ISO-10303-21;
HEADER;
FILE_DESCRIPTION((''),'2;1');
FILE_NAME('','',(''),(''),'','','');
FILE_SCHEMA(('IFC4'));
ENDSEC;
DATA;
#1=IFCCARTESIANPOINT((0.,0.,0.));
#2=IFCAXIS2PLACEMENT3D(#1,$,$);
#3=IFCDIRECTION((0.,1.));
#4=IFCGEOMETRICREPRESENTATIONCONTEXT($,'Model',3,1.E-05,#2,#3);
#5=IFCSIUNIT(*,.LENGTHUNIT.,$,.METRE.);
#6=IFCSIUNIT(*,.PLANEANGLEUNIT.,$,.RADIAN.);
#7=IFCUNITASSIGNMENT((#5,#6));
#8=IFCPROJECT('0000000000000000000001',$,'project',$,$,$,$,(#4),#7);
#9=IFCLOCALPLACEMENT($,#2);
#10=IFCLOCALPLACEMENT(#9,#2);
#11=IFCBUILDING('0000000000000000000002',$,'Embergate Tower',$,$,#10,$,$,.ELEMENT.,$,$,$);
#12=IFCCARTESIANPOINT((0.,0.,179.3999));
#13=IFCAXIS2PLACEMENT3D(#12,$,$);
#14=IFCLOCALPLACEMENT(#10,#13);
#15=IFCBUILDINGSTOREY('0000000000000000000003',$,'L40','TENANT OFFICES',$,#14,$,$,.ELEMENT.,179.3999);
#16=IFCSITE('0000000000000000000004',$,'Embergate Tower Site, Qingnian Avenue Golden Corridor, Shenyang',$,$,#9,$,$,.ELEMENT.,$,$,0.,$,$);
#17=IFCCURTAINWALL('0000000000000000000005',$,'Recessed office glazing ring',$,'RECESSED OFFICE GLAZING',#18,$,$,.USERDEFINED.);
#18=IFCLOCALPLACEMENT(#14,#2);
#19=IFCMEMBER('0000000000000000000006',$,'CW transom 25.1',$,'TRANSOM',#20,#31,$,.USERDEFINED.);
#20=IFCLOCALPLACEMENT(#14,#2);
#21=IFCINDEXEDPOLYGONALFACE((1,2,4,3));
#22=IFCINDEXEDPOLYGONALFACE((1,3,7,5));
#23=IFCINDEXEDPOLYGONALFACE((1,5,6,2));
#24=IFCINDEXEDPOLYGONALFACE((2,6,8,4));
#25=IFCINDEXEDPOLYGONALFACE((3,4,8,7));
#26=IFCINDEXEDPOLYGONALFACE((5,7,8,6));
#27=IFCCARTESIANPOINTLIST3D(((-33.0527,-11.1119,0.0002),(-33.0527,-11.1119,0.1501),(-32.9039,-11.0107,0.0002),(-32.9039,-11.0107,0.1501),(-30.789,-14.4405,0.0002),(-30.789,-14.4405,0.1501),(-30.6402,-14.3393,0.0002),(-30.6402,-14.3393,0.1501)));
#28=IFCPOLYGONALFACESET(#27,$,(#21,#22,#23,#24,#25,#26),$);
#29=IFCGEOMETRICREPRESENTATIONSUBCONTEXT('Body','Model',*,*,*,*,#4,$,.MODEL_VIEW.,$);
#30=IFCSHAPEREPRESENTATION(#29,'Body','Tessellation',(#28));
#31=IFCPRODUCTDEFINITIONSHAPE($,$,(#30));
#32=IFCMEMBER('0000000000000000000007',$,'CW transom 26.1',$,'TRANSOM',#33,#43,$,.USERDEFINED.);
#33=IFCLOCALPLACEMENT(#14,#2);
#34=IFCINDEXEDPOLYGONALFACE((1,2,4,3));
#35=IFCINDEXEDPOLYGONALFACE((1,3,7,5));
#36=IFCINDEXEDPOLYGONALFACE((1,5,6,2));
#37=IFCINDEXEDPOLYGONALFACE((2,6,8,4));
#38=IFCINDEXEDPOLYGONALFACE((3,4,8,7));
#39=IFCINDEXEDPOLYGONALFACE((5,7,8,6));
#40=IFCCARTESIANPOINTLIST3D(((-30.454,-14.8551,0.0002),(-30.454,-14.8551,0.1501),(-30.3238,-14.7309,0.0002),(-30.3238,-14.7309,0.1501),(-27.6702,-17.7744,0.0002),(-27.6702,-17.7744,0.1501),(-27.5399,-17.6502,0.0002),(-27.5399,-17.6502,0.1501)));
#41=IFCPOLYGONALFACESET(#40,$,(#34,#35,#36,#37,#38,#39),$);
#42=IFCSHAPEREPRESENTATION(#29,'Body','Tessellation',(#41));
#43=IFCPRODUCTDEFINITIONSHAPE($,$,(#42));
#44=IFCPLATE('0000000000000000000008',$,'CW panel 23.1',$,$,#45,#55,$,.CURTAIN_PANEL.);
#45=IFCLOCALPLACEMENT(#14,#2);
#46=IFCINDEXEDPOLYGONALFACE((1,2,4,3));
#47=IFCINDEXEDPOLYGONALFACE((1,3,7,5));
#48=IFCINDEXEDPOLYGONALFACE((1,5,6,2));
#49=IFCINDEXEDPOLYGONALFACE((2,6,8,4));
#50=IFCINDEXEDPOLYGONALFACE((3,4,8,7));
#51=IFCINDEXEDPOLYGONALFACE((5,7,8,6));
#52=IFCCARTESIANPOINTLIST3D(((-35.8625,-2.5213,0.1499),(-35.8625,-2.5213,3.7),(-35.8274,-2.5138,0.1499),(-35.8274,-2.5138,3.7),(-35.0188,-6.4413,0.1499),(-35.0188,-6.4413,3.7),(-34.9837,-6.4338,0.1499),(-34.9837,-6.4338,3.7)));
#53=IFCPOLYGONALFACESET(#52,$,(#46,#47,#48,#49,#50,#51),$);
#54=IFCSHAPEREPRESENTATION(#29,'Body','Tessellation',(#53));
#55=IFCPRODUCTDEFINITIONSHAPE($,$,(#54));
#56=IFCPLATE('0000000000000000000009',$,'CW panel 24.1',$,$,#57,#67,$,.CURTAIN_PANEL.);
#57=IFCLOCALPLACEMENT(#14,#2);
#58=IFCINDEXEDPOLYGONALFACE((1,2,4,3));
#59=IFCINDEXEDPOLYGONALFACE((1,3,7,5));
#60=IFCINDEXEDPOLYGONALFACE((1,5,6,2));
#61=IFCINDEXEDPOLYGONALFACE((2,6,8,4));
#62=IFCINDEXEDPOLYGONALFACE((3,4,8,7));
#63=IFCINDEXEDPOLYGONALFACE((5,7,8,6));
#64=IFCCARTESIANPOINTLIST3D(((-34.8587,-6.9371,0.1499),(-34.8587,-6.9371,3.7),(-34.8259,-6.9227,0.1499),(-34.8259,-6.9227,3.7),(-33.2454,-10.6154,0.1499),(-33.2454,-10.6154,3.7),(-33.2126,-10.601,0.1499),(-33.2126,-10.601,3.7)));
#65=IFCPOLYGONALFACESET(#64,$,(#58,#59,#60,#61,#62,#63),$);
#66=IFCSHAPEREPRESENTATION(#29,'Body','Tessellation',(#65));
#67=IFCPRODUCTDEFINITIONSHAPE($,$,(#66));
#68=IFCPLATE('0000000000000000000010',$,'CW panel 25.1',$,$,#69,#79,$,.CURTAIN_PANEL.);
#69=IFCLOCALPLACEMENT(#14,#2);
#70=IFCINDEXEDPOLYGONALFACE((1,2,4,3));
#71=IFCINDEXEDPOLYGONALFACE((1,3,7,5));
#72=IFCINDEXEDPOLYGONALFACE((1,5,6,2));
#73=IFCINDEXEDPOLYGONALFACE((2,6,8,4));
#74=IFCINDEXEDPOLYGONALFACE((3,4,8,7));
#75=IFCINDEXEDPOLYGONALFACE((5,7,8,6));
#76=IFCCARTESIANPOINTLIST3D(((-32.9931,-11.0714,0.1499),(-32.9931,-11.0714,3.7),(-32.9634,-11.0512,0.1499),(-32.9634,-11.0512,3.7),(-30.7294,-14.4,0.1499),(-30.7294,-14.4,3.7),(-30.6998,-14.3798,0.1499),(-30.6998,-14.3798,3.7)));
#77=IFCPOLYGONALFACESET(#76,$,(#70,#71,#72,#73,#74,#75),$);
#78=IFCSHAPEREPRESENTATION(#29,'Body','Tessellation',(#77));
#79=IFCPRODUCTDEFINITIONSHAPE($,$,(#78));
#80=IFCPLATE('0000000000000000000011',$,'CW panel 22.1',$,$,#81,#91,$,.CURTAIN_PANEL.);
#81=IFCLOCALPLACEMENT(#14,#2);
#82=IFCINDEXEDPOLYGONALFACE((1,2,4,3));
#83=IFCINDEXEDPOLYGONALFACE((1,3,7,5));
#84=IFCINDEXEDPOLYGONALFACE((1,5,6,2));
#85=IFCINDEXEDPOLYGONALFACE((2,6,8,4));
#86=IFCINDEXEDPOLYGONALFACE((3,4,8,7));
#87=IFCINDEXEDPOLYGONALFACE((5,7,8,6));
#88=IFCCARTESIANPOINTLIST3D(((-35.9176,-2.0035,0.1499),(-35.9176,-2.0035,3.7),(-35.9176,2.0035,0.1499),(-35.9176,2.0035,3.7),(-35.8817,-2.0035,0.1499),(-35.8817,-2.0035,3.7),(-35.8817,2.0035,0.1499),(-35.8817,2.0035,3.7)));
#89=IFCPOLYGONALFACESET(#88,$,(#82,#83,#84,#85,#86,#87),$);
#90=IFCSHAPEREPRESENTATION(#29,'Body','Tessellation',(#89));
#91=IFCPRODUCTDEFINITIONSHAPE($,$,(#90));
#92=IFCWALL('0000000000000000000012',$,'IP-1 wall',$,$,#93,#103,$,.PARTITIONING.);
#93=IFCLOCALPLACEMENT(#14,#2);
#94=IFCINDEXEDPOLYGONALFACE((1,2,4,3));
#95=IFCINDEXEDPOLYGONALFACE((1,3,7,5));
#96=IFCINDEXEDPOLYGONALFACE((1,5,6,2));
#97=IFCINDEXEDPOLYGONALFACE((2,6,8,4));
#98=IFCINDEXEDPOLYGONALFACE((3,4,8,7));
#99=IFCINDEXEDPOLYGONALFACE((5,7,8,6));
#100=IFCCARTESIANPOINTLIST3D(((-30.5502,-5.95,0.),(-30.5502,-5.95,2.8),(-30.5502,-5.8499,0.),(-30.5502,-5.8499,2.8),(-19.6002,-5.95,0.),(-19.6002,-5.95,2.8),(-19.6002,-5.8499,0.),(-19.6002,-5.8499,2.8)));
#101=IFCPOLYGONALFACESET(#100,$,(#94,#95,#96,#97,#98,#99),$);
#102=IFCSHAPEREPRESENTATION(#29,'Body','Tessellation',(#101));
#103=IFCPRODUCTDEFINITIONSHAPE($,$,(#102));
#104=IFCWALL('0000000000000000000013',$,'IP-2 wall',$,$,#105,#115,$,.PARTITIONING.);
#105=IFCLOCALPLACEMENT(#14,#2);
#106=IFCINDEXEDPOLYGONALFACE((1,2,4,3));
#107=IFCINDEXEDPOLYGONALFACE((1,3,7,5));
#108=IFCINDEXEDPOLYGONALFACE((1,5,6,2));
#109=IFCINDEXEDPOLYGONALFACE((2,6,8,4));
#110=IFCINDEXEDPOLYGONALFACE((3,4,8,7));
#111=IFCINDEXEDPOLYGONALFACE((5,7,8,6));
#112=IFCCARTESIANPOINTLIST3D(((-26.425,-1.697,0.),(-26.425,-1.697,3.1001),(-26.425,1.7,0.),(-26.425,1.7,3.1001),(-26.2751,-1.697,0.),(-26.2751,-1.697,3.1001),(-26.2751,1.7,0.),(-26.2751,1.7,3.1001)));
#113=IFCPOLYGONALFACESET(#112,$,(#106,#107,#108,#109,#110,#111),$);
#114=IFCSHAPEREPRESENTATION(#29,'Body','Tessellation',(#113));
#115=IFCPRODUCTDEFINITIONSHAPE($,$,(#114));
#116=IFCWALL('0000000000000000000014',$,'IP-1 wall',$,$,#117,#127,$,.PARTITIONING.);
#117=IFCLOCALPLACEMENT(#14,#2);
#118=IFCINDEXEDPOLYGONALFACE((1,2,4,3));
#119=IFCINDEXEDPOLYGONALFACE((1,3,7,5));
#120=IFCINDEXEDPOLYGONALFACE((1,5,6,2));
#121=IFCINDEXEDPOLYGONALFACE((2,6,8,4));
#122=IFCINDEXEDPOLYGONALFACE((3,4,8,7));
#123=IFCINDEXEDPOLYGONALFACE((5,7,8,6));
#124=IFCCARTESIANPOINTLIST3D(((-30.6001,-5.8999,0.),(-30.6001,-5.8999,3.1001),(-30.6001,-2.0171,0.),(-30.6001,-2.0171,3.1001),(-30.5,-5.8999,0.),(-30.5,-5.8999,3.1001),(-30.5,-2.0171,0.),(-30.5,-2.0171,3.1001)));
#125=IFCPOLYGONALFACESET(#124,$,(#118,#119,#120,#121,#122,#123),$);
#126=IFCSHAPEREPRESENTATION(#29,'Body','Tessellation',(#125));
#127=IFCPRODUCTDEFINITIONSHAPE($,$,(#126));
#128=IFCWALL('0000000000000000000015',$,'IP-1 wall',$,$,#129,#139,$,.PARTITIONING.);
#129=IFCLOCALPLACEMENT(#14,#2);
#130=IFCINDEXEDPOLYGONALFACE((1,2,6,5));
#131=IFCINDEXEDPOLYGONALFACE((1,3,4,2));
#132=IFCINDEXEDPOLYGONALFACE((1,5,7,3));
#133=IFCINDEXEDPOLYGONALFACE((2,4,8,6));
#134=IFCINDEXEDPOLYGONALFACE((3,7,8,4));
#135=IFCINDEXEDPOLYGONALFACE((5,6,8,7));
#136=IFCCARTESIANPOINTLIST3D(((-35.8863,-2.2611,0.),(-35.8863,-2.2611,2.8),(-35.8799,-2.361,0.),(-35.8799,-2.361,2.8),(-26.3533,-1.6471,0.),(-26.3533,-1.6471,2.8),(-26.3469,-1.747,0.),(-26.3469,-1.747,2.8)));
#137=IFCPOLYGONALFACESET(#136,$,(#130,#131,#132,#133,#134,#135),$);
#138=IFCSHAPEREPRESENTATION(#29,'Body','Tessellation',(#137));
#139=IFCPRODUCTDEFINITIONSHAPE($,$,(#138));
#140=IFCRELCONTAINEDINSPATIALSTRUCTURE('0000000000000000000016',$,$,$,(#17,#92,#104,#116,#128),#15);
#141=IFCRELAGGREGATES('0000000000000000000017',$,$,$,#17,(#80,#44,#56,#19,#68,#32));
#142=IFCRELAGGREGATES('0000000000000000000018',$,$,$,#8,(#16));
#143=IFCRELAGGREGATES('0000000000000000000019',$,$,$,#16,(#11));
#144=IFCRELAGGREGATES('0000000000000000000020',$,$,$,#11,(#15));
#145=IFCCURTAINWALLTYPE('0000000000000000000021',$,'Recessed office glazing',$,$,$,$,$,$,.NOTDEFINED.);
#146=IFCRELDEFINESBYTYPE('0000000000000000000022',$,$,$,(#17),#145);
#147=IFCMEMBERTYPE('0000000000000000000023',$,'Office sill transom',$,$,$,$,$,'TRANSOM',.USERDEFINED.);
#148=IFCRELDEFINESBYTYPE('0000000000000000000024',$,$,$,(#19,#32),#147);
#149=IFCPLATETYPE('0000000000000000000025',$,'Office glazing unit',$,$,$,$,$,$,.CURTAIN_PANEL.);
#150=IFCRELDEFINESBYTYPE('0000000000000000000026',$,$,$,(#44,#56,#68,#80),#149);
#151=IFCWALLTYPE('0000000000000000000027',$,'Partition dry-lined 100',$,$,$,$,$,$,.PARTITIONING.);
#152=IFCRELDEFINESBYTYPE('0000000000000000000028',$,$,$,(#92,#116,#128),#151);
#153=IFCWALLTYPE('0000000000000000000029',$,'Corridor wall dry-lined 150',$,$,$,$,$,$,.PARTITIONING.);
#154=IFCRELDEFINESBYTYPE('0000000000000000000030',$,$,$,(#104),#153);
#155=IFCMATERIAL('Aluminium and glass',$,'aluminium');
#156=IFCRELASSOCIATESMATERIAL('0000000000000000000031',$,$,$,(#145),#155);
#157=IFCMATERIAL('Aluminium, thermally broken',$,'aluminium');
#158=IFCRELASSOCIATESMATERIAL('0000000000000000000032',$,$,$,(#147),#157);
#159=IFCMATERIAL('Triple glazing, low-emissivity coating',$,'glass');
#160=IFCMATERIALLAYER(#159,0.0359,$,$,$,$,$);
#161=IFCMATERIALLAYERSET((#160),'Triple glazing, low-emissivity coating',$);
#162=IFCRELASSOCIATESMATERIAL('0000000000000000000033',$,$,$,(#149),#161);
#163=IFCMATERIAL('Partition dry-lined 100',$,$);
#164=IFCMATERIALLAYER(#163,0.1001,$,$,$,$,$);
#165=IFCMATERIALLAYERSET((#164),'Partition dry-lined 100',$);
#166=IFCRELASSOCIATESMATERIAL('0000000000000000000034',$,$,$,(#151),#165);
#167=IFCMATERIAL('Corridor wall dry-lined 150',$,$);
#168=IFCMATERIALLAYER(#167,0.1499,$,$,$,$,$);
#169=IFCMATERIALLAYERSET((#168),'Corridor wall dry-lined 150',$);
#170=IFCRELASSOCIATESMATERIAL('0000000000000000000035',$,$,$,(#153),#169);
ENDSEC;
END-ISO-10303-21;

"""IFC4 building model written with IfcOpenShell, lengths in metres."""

from ifc_helpers import new_model, si_unit, direction, frame, frame_2d, origin, origin_2d, place, context, subcontext, project, spatial, rectangle, extrude, source, transform, mapped, material, layer, layer_set, material_profile, profile_set, type_object, element, aggregate, save


model = new_model("IFC4")

# Units and contexts
model_context = context("Model", 3, precision=1e-05, world=origin(), true_north=direction((0.0, 1.0)))
body_context = subcontext(model_context, "Body", "Model", "MODEL_VIEW")
ifc_project = project(units=[si_unit("LENGTHUNIT", "METRE"), si_unit("PLANEANGLEUNIT", "RADIAN")], contexts=[model_context])

# Site, building, storey
site_placement = place(None, origin())
site = spatial("IfcSite", under=ifc_project, at=site_placement, Name="Embergate Tower Site, Qingnian Avenue Golden Corridor, Shenyang", CompositionType="ELEMENT", RefElevation=0.0)
building_placement = place(site_placement, origin())
building = spatial("IfcBuilding", under=site, at=building_placement, Name="Embergate Tower", CompositionType="ELEMENT")
storey_placement = place(building_placement, frame((0.0, 0.0, 179.3999)))
storey = spatial("IfcBuildingStorey", under=building, at=storey_placement, Name="L40", Description="TENANT OFFICES", CompositionType="ELEMENT", Elevation=179.3999)

# Curtain wall, members, plates
ifc_material_1 = material(Name="Aluminium and glass", Category="aluminium")
curtain_wall_type = type_object("IfcCurtainWallType", Name="Recessed office glazing", PredefinedType="NOTDEFINED", material=ifc_material_1)
curtain_wall_placement = place(storey_placement, origin())
curtain_wall = element("IfcCurtainWall", 1, at=curtain_wall_placement, inside=storey, type_object=curtain_wall_type, Name="Recessed office glazing ring", ObjectType="RECESSED OFFICE GLAZING", PredefinedType="USERDEFINED")
ifc_material_2 = material(Name="Aluminium, thermally broken", Category="aluminium")
ifc_material_profile_1 = material_profile(ifc_material_2, rectangle(XDim=0.1799, YDim=0.1499, at=origin_2d()), Name="AL 150x180")
ifc_profile_set_1 = profile_set([ifc_material_profile_1], Name="Aluminium, thermally broken")
member_type_1 = type_object("IfcMemberType", Name="Office sill transom", ElementType="TRANSOM", PredefinedType="USERDEFINED", material=ifc_profile_set_1)
shared_shape_1 = source(origin(), body_context, "Body", "SweptSolid", [
    extrude(rectangle(XDim=0.1799, YDim=0.1499, at=origin_2d()), origin(), (0.0, 0.0, 1.0), 4.0254),
])
member_1_placement = place(storey_placement, frame((-32.9783, -11.0613, 0.0752), z_axis=(0.562347, -0.826902, 0.0), x_axis=(0.826902, 0.562347, 0.0)))
member_1 = element("IfcMember", 2, at=member_1_placement, type_object=member_type_1, Name="CW transom 25.1", ObjectType="TRANSOM", PredefinedType="USERDEFINED", context=body_context, shape_type="MappedRepresentation", body=[
    mapped(shared_shape_1, transform((0.0, 0.0, 0.0))),
])
shared_shape_2 = source(origin(), body_context, "Body", "SweptSolid", [
    extrude(rectangle(XDim=0.1799, YDim=0.1499, at=origin_2d()), origin(), (0.0, 0.0, 1.0), 4.0339),
])
member_2_placement = place(storey_placement, frame((-30.3889, -14.793, 0.0752), z_axis=(0.690113, -0.723702, 0.0), x_axis=(0.723702, 0.690113, 0.0)))
member_2 = element("IfcMember", 3, at=member_2_placement, type_object=member_type_1, Name="CW transom 26.1", ObjectType="TRANSOM", PredefinedType="USERDEFINED", context=body_context, shape_type="MappedRepresentation", body=[
    mapped(shared_shape_2, transform((0.0, 0.0, 0.0))),
])
ifc_material_3 = material(Name="Triple glazing, low-emissivity coating", Category="glass")
ifc_layer_1 = layer(ifc_material_3, 0.0359)
ifc_layer_set_1 = layer_set([ifc_layer_1], Name="Triple glazing, low-emissivity coating")
plate_type = type_object("IfcPlateType", Name="Office glazing unit", PredefinedType="CURTAIN_PANEL", material=ifc_layer_set_1)
shared_shape_3 = source(origin(), body_context, "Body", "SweptSolid", [
    extrude(rectangle(XDim=4.0098, YDim=0.0359, at=origin_2d()), origin(), (0.0, 0.0, 1.0), 3.55),
])
plate_1_placement = place(storey_placement, frame((-35.4231, -4.4775, 0.1499), z_axis=(0.0, 0.0, 1.0), x_axis=(0.210402, -0.977615, 0.0)))
plate_1 = element("IfcPlate", 4, at=plate_1_placement, type_object=plate_type, Name="CW panel 23.1", PredefinedType="CURTAIN_PANEL", context=body_context, shape_type="MappedRepresentation", body=[
    mapped(shared_shape_3, transform((0.0, 0.0, 0.0))),
])
shared_shape_4 = source(origin(), body_context, "Body", "SweptSolid", [
    extrude(rectangle(XDim=4.0166, YDim=0.0359, at=origin_2d()), origin(), (0.0, 0.0, 1.0), 3.55),
])
plate_2_placement = place(storey_placement, frame((-34.0356, -8.769, 0.1499), z_axis=(0.0, 0.0, 1.0), x_axis=(0.401658, -0.91579, 0.0)))
plate_2 = element("IfcPlate", 5, at=plate_2_placement, type_object=plate_type, Name="CW panel 24.1", PredefinedType="CURTAIN_PANEL", context=body_context, shape_type="MappedRepresentation", body=[
    mapped(shared_shape_4, transform((0.0, 0.0, 0.0))),
])
shared_shape_5 = source(origin(), body_context, "Body", "SweptSolid", [
    extrude(rectangle(XDim=4.0254, YDim=0.0359, at=origin_2d()), origin(), (0.0, 0.0, 1.0), 3.55),
])
plate_3_placement = place(storey_placement, frame((-31.8464, -12.7256, 0.1499), z_axis=(0.0, 0.0, 1.0), x_axis=(0.562348, -0.826901, 0.0)))
plate_3 = element("IfcPlate", 6, at=plate_3_placement, type_object=plate_type, Name="CW panel 25.1", PredefinedType="CURTAIN_PANEL", context=body_context, shape_type="MappedRepresentation", body=[
    mapped(shared_shape_5, transform((0.0, 0.0, 0.0))),
])
shared_shape_6 = source(origin(), body_context, "Body", "SweptSolid", [
    extrude(rectangle(XDim=4.0071, YDim=0.0359, at=origin_2d()), origin(), (0.0, 0.0, 1.0), 3.55),
])
plate_4_placement = place(storey_placement, frame((-35.8997, 0.0, 0.1499), z_axis=(0.0, 0.0, 1.0), x_axis=(0.0, -1.0, 0.0)))
plate_4 = element("IfcPlate", 7, at=plate_4_placement, type_object=plate_type, Name="CW panel 22.1", PredefinedType="CURTAIN_PANEL", context=body_context, shape_type="MappedRepresentation", body=[
    mapped(shared_shape_6, transform((0.0, 0.0, 0.0))),
])
aggregate(curtain_wall, [plate_4, plate_1, plate_2, member_1, plate_3, member_2])

# Walls
ifc_material_4 = material(Name="Partition dry-lined 100")
ifc_layer_2 = layer(ifc_material_4, 0.1001)
ifc_layer_set_2 = layer_set([ifc_layer_2], Name="Partition dry-lined 100")
wall_type_1 = type_object("IfcWallType", Name="Partition dry-lined 100", PredefinedType="PARTITIONING", material=ifc_layer_set_2)
shared_shape_7 = source(origin(), body_context, "Body", "SweptSolid", [
    extrude(rectangle(XDim=10.95, YDim=0.1001, at=frame_2d((5.4751, 0.0))), origin(), (0.0, 0.0, 1.0), 2.8),
])
wall_1_placement = place(storey_placement, frame((-19.6001, -5.8999, 0.0), z_axis=(0.0, 0.0, 1.0), x_axis=(-1.0, 0.0, 0.0)))
element("IfcWall", 8, at=wall_1_placement, inside=storey, type_object=wall_type_1, Name="IP-1 wall", PredefinedType="PARTITIONING", context=body_context, shape_type="MappedRepresentation", body=[
    mapped(shared_shape_7, transform((0.0, 0.0, 0.0))),
])
ifc_material_5 = material(Name="Corridor wall dry-lined 150")
ifc_layer_3 = layer(ifc_material_5, 0.1499)
ifc_layer_set_3 = layer_set([ifc_layer_3], Name="Corridor wall dry-lined 150")
wall_type_2 = type_object("IfcWallType", Name="Corridor wall dry-lined 150", PredefinedType="PARTITIONING", material=ifc_layer_set_3)
shared_shape_8 = source(origin(), body_context, "Body", "SweptSolid", [
    extrude(rectangle(XDim=3.397, YDim=0.1499, at=frame_2d((1.6985, 0.0))), origin(), (0.0, 0.0, 1.0), 3.1001),
])
wall_2_placement = place(storey_placement, frame((-26.3501, -1.697, 0.0), z_axis=(0.0, 0.0, 1.0), x_axis=(0.0, 1.0, 0.0)))
element("IfcWall", 9, at=wall_2_placement, inside=storey, type_object=wall_type_2, Name="IP-2 wall", PredefinedType="PARTITIONING", context=body_context, shape_type="MappedRepresentation", body=[
    mapped(shared_shape_8, transform((0.0, 0.0, 0.0))),
])
shared_shape_9 = source(origin(), body_context, "Body", "SweptSolid", [
    extrude(rectangle(XDim=3.8828, YDim=0.1001, at=frame_2d((1.9414, 0.0))), origin(), (0.0, 0.0, 1.0), 3.1001),
])
wall_3_placement = place(storey_placement, frame((-30.55, -5.8999, 0.0), z_axis=(0.0, 0.0, 1.0), x_axis=(0.0, 1.0, 0.0)))
element("IfcWall", 10, at=wall_3_placement, inside=storey, type_object=wall_type_1, Name="IP-1 wall", PredefinedType="PARTITIONING", context=body_context, shape_type="MappedRepresentation", body=[
    mapped(shared_shape_9, transform((0.0, 0.0, 0.0))),
])
shared_shape_10 = source(origin(), body_context, "Body", "SweptSolid", [
    extrude(rectangle(XDim=9.5527, YDim=0.1001, at=frame_2d((4.7764, 0.0))), origin(), (0.0, 0.0, 1.0), 2.8),
])
wall_4_placement = place(storey_placement, frame((-26.3501, -1.697, 0.0), z_axis=(0.0, 0.0, 1.0), x_axis=(-0.997932, -0.064276, 0.0)))
element("IfcWall", 11, at=wall_4_placement, inside=storey, type_object=wall_type_1, Name="IP-1 wall", PredefinedType="PARTITIONING", context=body_context, shape_type="MappedRepresentation", body=[
    mapped(shared_shape_10, transform((0.0, 0.0, 0.0))),
])

save(model, "model.ifc")
